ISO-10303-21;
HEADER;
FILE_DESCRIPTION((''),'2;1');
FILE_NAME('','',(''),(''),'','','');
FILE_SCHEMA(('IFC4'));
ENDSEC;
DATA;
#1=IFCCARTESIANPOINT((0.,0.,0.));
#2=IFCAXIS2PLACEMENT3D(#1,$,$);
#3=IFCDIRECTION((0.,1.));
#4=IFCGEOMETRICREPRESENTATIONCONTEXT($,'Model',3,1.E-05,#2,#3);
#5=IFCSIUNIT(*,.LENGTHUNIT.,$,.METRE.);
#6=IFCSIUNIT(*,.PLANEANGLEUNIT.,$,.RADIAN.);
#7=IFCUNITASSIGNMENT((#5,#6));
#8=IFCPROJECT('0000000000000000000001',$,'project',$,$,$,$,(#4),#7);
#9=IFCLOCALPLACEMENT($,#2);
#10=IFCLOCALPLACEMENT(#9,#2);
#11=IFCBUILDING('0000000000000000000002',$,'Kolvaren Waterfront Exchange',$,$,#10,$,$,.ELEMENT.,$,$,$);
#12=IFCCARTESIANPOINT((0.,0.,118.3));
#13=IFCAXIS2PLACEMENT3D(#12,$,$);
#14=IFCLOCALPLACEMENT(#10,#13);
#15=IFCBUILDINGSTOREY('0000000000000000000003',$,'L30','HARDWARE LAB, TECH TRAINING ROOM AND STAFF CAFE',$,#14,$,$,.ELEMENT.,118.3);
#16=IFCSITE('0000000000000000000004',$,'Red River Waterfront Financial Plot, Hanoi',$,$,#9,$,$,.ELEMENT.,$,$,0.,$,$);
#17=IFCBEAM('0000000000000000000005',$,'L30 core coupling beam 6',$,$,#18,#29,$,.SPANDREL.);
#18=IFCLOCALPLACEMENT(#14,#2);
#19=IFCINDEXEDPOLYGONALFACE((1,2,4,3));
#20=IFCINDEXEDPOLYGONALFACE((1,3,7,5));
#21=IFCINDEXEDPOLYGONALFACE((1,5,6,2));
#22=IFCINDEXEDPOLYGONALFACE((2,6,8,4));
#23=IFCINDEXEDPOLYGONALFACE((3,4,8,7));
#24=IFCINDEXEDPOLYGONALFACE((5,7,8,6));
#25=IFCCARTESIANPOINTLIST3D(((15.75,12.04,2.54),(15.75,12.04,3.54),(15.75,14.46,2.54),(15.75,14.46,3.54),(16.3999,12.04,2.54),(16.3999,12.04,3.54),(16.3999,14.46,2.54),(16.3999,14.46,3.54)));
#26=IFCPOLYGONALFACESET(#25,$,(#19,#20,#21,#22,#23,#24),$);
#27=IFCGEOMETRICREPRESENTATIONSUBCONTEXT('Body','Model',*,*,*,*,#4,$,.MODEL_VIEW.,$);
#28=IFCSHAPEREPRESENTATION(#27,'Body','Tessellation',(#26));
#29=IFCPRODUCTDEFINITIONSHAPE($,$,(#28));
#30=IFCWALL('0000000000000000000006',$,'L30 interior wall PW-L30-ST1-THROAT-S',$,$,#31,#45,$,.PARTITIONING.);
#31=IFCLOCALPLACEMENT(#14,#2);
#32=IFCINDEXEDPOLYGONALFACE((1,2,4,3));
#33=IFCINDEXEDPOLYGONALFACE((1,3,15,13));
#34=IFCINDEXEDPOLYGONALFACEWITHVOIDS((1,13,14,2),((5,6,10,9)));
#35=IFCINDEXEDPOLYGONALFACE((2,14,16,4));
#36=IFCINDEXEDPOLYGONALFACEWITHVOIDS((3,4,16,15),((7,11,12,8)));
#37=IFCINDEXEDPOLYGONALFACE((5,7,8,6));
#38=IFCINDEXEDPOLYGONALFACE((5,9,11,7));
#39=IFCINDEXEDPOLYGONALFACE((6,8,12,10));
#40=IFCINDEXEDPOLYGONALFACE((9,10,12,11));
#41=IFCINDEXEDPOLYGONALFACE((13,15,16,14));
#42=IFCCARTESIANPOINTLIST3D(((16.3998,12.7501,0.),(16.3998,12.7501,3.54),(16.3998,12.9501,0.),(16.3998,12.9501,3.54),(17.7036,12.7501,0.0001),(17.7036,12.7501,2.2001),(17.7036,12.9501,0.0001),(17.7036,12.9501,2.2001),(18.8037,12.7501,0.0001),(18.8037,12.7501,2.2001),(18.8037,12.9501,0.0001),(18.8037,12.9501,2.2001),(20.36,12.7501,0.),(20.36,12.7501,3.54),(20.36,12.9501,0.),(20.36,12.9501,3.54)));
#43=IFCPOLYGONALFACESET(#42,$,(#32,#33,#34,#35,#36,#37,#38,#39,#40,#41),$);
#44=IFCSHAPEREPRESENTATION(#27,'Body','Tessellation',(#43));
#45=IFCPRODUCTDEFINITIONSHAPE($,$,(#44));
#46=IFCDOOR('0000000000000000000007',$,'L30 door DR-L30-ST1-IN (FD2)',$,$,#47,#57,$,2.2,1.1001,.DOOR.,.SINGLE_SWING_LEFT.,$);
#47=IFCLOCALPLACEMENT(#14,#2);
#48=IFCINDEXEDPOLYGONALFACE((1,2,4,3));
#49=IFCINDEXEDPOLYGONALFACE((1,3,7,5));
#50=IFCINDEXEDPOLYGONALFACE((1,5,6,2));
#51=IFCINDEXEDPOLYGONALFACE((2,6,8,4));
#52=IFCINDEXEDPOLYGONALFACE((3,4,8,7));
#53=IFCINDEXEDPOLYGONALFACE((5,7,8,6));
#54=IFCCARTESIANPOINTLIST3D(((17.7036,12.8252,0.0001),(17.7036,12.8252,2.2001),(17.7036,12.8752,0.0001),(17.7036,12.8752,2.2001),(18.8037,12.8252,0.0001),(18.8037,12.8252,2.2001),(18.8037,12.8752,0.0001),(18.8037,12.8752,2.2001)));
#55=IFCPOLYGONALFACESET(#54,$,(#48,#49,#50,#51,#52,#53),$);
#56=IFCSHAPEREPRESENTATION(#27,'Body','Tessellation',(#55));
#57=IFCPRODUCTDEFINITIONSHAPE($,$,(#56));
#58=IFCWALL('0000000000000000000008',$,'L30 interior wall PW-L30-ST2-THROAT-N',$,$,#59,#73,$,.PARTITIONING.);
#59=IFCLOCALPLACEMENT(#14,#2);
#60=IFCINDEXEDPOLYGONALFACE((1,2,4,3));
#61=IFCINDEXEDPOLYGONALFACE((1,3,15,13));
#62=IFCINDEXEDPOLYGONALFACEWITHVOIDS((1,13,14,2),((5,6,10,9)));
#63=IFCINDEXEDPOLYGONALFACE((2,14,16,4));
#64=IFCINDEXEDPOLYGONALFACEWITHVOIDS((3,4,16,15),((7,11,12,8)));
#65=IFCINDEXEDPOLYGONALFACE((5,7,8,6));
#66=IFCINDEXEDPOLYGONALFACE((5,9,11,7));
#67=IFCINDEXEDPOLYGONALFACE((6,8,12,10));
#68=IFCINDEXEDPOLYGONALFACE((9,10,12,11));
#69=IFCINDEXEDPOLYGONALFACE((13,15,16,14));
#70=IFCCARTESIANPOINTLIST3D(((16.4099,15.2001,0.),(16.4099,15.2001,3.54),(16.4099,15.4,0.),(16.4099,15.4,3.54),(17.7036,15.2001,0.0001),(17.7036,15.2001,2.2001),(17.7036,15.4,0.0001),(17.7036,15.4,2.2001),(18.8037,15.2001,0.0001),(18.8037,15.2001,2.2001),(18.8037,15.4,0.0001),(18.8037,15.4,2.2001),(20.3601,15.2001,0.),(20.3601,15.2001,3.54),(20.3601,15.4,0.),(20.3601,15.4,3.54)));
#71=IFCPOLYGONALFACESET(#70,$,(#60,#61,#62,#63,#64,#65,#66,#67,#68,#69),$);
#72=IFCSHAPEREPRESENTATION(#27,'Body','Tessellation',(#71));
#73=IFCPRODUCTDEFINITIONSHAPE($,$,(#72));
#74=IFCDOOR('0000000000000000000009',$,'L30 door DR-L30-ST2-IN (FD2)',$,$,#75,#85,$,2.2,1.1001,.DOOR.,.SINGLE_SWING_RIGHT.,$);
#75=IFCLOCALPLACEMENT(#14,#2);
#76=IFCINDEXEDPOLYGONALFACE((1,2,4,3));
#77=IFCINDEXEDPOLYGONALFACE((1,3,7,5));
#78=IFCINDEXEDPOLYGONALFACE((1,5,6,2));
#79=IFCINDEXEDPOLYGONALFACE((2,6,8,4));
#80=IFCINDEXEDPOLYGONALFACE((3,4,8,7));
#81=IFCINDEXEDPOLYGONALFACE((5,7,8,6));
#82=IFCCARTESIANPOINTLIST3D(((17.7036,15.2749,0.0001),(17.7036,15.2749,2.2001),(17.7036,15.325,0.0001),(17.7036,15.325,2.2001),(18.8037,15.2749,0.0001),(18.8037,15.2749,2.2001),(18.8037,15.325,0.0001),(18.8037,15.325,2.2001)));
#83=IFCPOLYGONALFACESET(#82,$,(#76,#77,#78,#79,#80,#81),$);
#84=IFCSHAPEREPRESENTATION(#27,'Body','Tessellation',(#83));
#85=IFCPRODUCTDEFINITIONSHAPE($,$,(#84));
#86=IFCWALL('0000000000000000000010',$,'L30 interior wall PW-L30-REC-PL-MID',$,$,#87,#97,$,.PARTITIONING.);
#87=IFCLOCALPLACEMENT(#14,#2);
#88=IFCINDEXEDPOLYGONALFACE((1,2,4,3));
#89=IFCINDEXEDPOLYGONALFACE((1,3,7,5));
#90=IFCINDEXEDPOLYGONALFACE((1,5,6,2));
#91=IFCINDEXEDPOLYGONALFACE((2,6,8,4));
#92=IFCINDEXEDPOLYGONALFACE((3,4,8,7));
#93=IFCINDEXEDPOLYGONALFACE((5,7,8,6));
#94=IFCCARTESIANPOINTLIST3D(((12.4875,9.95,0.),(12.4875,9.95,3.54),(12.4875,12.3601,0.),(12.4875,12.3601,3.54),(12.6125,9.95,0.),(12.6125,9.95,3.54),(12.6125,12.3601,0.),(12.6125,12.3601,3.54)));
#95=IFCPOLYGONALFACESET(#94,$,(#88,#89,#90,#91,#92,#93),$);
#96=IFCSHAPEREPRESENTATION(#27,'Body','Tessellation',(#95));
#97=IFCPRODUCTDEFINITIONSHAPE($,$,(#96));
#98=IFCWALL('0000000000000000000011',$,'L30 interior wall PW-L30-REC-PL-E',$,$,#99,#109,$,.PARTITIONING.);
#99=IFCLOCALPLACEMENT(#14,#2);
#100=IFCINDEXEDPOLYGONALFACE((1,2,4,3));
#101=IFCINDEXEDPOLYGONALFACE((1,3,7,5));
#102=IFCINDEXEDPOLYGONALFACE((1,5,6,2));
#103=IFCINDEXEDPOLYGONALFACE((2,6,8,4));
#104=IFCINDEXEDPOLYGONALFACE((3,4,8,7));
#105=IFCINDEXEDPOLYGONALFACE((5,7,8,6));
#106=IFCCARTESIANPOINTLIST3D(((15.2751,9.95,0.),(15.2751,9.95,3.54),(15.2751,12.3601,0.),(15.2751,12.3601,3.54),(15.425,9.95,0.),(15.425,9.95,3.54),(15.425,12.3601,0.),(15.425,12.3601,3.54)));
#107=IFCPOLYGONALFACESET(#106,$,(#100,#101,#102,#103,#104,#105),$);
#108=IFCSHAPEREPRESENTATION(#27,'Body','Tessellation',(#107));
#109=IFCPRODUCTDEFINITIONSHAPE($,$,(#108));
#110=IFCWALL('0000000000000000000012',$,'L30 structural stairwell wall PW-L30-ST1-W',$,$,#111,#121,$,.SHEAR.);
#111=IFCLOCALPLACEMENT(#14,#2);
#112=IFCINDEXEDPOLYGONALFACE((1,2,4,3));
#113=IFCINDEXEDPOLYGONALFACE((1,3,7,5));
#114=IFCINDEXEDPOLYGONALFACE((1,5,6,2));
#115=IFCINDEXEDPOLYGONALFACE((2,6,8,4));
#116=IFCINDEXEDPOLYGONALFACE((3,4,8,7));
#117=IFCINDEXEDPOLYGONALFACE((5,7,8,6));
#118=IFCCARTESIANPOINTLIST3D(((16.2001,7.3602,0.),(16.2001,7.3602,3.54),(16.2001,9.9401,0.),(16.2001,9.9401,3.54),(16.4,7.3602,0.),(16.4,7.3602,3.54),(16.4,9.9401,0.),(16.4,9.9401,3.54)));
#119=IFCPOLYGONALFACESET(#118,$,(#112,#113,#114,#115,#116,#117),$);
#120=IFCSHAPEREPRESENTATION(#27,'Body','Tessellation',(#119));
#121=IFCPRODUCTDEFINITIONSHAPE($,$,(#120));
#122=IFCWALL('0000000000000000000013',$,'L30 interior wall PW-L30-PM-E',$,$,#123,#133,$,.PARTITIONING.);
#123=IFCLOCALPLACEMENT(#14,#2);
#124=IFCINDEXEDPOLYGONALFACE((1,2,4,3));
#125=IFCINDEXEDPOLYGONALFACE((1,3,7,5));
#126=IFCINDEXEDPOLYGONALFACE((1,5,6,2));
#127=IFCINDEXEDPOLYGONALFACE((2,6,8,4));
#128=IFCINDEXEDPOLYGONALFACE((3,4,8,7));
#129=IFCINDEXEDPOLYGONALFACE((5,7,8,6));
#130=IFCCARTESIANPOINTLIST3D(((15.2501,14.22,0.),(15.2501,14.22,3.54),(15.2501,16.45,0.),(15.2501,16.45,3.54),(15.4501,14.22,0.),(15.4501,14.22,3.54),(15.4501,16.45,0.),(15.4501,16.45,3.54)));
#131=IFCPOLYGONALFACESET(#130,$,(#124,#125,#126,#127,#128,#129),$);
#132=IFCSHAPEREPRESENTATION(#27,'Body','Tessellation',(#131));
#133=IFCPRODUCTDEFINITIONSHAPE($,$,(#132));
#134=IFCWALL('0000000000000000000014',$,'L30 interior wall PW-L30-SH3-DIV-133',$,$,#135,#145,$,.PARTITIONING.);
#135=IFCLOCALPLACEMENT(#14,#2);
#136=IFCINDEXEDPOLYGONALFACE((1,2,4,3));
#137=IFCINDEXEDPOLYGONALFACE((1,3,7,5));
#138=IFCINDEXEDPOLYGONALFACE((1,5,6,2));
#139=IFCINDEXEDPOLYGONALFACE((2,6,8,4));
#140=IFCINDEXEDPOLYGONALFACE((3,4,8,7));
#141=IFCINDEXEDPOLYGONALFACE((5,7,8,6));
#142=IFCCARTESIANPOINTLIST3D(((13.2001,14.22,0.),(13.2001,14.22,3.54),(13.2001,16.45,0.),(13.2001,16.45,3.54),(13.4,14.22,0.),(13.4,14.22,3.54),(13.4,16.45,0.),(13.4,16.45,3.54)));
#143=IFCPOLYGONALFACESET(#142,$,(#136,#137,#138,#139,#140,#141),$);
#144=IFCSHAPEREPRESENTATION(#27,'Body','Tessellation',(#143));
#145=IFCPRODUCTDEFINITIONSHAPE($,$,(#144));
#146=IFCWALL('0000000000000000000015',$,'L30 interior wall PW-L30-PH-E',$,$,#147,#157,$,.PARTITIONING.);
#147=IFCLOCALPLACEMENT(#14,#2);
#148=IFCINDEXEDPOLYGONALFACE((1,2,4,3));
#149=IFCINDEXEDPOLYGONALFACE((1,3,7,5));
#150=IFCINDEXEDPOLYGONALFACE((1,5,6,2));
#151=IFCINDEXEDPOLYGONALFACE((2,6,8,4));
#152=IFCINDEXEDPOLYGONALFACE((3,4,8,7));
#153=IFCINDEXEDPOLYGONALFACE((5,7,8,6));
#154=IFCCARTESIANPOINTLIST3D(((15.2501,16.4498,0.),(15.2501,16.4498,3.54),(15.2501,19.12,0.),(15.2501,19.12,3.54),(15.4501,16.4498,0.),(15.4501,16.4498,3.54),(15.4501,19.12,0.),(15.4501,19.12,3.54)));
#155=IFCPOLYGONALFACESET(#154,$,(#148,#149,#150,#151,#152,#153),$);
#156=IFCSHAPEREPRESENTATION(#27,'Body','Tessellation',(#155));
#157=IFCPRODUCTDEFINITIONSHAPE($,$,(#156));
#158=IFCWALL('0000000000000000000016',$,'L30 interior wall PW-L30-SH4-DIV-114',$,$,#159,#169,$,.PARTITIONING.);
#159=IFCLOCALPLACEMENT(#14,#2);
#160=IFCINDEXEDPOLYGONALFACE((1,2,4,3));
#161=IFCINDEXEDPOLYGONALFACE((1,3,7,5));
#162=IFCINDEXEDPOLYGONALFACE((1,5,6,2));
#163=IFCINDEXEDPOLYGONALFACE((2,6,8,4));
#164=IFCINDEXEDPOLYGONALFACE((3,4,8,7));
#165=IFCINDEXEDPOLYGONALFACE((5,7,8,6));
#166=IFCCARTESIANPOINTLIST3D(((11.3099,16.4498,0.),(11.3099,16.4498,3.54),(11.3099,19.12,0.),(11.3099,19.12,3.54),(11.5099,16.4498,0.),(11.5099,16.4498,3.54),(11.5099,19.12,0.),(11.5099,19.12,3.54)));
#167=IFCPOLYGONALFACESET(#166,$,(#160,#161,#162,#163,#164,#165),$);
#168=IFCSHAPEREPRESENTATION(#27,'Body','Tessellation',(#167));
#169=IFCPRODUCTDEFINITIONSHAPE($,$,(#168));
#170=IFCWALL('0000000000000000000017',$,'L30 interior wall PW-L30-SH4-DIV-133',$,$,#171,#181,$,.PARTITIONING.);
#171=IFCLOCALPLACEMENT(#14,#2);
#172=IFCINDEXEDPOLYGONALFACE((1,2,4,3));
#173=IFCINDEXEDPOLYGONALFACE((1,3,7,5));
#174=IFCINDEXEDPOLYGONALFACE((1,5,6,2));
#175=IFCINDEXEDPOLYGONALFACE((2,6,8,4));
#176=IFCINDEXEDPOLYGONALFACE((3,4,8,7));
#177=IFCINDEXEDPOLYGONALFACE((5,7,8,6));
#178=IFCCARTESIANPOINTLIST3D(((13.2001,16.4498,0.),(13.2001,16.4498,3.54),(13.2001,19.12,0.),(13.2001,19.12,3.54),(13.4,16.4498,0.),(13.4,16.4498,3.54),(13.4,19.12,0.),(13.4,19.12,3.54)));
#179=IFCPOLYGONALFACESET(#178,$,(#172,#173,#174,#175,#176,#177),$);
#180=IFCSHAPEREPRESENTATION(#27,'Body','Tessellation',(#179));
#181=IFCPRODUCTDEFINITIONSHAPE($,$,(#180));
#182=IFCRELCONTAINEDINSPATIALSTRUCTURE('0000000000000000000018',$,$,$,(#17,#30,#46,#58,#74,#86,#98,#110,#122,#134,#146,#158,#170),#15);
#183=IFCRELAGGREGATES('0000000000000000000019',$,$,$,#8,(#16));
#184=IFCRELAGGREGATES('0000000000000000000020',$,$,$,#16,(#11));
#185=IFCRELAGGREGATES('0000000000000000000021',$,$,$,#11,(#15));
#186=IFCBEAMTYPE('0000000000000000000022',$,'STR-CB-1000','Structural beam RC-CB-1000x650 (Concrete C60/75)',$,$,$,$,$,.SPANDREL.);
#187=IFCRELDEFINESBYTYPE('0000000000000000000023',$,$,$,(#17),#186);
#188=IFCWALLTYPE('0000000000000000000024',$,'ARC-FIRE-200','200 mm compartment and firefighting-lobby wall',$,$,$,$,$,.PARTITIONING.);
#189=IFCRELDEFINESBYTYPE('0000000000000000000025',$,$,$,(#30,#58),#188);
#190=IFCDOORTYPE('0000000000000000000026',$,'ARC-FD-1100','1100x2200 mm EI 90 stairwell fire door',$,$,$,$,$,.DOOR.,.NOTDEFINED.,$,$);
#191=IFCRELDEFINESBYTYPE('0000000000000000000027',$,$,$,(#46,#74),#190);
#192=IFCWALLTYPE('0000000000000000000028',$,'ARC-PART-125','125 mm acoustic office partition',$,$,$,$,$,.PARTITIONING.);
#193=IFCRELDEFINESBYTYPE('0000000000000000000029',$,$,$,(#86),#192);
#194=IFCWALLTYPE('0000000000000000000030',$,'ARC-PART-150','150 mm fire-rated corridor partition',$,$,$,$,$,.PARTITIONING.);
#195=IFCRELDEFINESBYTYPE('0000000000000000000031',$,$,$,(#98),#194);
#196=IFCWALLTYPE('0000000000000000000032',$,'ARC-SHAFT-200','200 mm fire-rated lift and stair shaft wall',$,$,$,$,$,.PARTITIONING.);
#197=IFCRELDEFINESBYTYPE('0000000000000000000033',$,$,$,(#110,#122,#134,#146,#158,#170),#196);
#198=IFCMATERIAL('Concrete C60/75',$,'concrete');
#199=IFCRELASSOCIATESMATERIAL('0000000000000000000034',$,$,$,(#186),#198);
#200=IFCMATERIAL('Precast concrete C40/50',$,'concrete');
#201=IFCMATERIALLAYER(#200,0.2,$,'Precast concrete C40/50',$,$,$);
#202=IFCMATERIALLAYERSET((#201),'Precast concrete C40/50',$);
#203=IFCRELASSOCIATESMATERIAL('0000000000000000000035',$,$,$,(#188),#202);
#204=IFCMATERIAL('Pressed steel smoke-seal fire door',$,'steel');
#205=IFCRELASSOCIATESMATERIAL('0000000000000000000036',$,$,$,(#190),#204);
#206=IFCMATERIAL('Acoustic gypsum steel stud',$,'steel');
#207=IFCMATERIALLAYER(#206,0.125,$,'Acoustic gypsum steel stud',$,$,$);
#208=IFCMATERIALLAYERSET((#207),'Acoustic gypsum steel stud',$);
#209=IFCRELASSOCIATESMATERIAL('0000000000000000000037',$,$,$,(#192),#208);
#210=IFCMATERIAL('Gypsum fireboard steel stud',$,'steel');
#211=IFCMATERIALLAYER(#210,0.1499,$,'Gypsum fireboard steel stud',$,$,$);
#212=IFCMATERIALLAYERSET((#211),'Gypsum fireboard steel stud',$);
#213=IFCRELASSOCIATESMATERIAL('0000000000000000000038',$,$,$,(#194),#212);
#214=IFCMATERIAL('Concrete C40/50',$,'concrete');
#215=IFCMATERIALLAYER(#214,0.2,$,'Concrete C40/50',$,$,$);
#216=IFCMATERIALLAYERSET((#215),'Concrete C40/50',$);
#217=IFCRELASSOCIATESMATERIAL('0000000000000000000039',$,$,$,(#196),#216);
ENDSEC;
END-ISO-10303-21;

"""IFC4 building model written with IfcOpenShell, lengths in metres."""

from ifc_helpers import new_model, si_unit, direction, frame, frame_2d, origin, origin_2d, place, context, subcontext, project, spatial, rectangle, extrude, material, layer, layer_set, material_profile, profile_set, type_object, element, fill, save


model = new_model("IFC4")

# Units and contexts
model_context = context("Model", 3, precision=1e-05, world=origin(), true_north=direction((0.0, 1.0)))
body_context = subcontext(model_context, "Body", "Model", "MODEL_VIEW")
ifc_project = project(units=[si_unit("LENGTHUNIT", "METRE"), si_unit("PLANEANGLEUNIT", "RADIAN")], contexts=[model_context])

# Site, building, storey
site_placement = place(None, origin())
site = spatial("IfcSite", under=ifc_project, at=site_placement, Name="Red River Waterfront Financial Plot, Hanoi", CompositionType="ELEMENT", RefElevation=0.0)
building_placement = place(site_placement, origin())
building = spatial("IfcBuilding", under=site, at=building_placement, Name="Kolvaren Waterfront Exchange", CompositionType="ELEMENT")
storey_placement = place(building_placement, frame((0.0, 0.0, 118.3)))
storey = spatial("IfcBuildingStorey", under=building, at=storey_placement, Name="L30", Description="HARDWARE LAB, TECH TRAINING ROOM AND STAFF CAFE", CompositionType="ELEMENT", Elevation=118.3)

# Beam
ifc_material_1 = material(Name="Concrete C60/75", Category="concrete")
ifc_material_profile = material_profile(ifc_material_1, rectangle(XDim=0.6499, YDim=1.0, at=origin_2d()), Name="RC-CB-1000x650")
ifc_profile_set = profile_set([ifc_material_profile], Name="Concrete C60/75")
beam_type = type_object("IfcBeamType", Name="STR-CB-1000", Description="Structural beam RC-CB-1000x650 (Concrete C60/75)", PredefinedType="SPANDREL", material=ifc_profile_set)
beam_placement = place(storey_placement, frame((16.075, 12.04, 3.04), z_axis=(0.0, 1.0, 0.0), x_axis=(-1.0, 0.0, 0.0)))
element("IfcBeam", 1, at=beam_placement, inside=storey, type_object=beam_type, Name="L30 core coupling beam 6", PredefinedType="SPANDREL", context=body_context, shape_type="SweptSolid", body=[
    extrude(rectangle(XDim=0.6499, YDim=1.0, at=origin_2d()), origin(), (0.0, 0.0, 1.0), 2.4199),
])

# Walls, openings, doors
ifc_material_2 = material(Name="Precast concrete C40/50", Category="concrete")
ifc_layer_1 = layer(ifc_material_2, 0.2, Name="Precast concrete C40/50")
ifc_layer_set_1 = layer_set([ifc_layer_1], Name="Precast concrete C40/50")
wall_type_1 = type_object("IfcWallType", Name="ARC-FIRE-200", Description="200 mm compartment and firefighting-lobby wall", PredefinedType="PARTITIONING", material=ifc_layer_set_1)
wall_1_placement = place(storey_placement, frame((16.3999, 12.8501, 0.0), z_axis=(0.0, 0.0, 1.0), x_axis=(1.0, 0.0, 0.0)))
wall_1 = element("IfcWall", 2, at=wall_1_placement, inside=storey, type_object=wall_type_1, Name="L30 interior wall PW-L30-ST1-THROAT-S", PredefinedType="PARTITIONING", context=body_context, shape_type="SweptSolid", body=[
    extrude(rectangle(XDim=3.9602, YDim=0.2, at=frame_2d((1.98, 0.0))), origin(), (0.0, 0.0, 1.0), 3.54),
])
opening_1_placement = place(wall_1_placement, frame((1.3037, 0.0, 0.0)))
opening_1 = element("IfcOpeningElement", 3, at=opening_1_placement, cuts=wall_1, PredefinedType="OPENING", context=body_context, shape_type="SweptSolid", body=[
    extrude(rectangle(XDim=1.1001, YDim=2.2, at=frame_2d((0.55, 1.1001))), frame((0.0, 0.1099, 0.0), z_axis=(0.0, -1.0, 0.0), x_axis=(1.0, 0.0, 0.0)), (0.0, 0.0, 1.0), 0.22),
])
ifc_material_3 = material(Name="Pressed steel smoke-seal fire door", Category="steel")
door_type = type_object("IfcDoorType", Name="ARC-FD-1100", Description="1100x2200 mm EI 90 stairwell fire door", OperationType="NOTDEFINED", PredefinedType="DOOR", material=ifc_material_3)
door_1_placement = place(opening_1_placement, frame((1.1001, 0.0, 0.0), z_axis=(0.0, 0.0, 1.0), x_axis=(-1.0, 0.0, 0.0)))
door_1 = element("IfcDoor", 4, at=door_1_placement, inside=storey, type_object=door_type, Name="L30 door DR-L30-ST1-IN (FD2)", OperationType="SINGLE_SWING_LEFT", OverallHeight=2.2, OverallWidth=1.1001, PredefinedType="DOOR", context=body_context, shape_type="SweptSolid", body=[
    extrude(rectangle(XDim=1.1001, YDim=2.2, at=frame_2d((0.55, 1.1001))), frame((0.0, 0.0249, 0.0), z_axis=(0.0, -1.0, 0.0), x_axis=(1.0, 0.0, 0.0)), (0.0, 0.0, 1.0), 0.05),
])
fill(opening_1, door_1)
wall_2_placement = place(storey_placement, frame((16.4099, 15.3, 0.0), z_axis=(0.0, 0.0, 1.0), x_axis=(1.0, 0.0, 0.0)))
wall_2 = element("IfcWall", 5, at=wall_2_placement, inside=storey, type_object=wall_type_1, Name="L30 interior wall PW-L30-ST2-THROAT-N", PredefinedType="PARTITIONING", context=body_context, shape_type="SweptSolid", body=[
    extrude(rectangle(XDim=3.9502, YDim=0.2, at=frame_2d((1.9751, 0.0))), origin(), (0.0, 0.0, 1.0), 3.54),
])
opening_2_placement = place(wall_2_placement, frame((1.2937, 0.0, 0.0)))
opening_2 = element("IfcOpeningElement", 6, at=opening_2_placement, cuts=wall_2, PredefinedType="OPENING", context=body_context, shape_type="SweptSolid", body=[
    extrude(rectangle(XDim=1.1001, YDim=2.2, at=frame_2d((0.55, 1.1001))), frame((0.0, 0.1099, 0.0), z_axis=(0.0, -1.0, 0.0), x_axis=(1.0, 0.0, 0.0)), (0.0, 0.0, 1.0), 0.22),
])
door_2_placement = place(opening_2_placement, origin())
door_2 = element("IfcDoor", 7, at=door_2_placement, inside=storey, type_object=door_type, Name="L30 door DR-L30-ST2-IN (FD2)", OperationType="SINGLE_SWING_RIGHT", OverallHeight=2.2, OverallWidth=1.1001, PredefinedType="DOOR", context=body_context, shape_type="SweptSolid", body=[
    extrude(rectangle(XDim=1.1001, YDim=2.2, at=frame_2d((0.55, 1.1001))), frame((0.0, 0.0249, 0.0), z_axis=(0.0, -1.0, 0.0), x_axis=(1.0, 0.0, 0.0)), (0.0, 0.0, 1.0), 0.05),
])
fill(opening_2, door_2)

# Walls
ifc_material_4 = material(Name="Acoustic gypsum steel stud", Category="steel")
ifc_layer_2 = layer(ifc_material_4, 0.125, Name="Acoustic gypsum steel stud")
ifc_layer_set_2 = layer_set([ifc_layer_2], Name="Acoustic gypsum steel stud")
wall_type_2 = type_object("IfcWallType", Name="ARC-PART-125", Description="125 mm acoustic office partition", PredefinedType="PARTITIONING", material=ifc_layer_set_2)
wall_3_placement = place(storey_placement, frame((12.55, 9.95, 0.0), z_axis=(0.0, 0.0, 1.0), x_axis=(0.0, 1.0, 0.0)))
element("IfcWall", 8, at=wall_3_placement, inside=storey, type_object=wall_type_2, Name="L30 interior wall PW-L30-REC-PL-MID", PredefinedType="PARTITIONING", context=body_context, shape_type="SweptSolid", body=[
    extrude(rectangle(XDim=2.4102, YDim=0.125, at=frame_2d((1.2051, 0.0))), origin(), (0.0, 0.0, 1.0), 3.54),
])
ifc_material_5 = material(Name="Gypsum fireboard steel stud", Category="steel")
ifc_layer_3 = layer(ifc_material_5, 0.1499, Name="Gypsum fireboard steel stud")
ifc_layer_set_3 = layer_set([ifc_layer_3], Name="Gypsum fireboard steel stud")
wall_type_3 = type_object("IfcWallType", Name="ARC-PART-150", Description="150 mm fire-rated corridor partition", PredefinedType="PARTITIONING", material=ifc_layer_set_3)
wall_4_placement = place(storey_placement, frame((15.3501, 9.95, 0.0), z_axis=(0.0, 0.0, 1.0), x_axis=(0.0, 1.0, 0.0)))
element("IfcWall", 9, at=wall_4_placement, inside=storey, type_object=wall_type_3, Name="L30 interior wall PW-L30-REC-PL-E", PredefinedType="PARTITIONING", context=body_context, shape_type="SweptSolid", body=[
    extrude(rectangle(XDim=2.4102, YDim=0.1499, at=frame_2d((1.2051, 0.0))), origin(), (0.0, 0.0, 1.0), 3.54),
])
ifc_material_6 = material(Name="Concrete C40/50", Category="concrete")
ifc_layer_4 = layer(ifc_material_6, 0.2, Name="Concrete C40/50")
ifc_layer_set_4 = layer_set([ifc_layer_4], Name="Concrete C40/50")
wall_type_4 = type_object("IfcWallType", Name="ARC-SHAFT-200", Description="200 mm fire-rated lift and stair shaft wall", PredefinedType="PARTITIONING", material=ifc_layer_set_4)
wall_5_placement = place(storey_placement, frame((16.3, 7.3601, 0.0), z_axis=(0.0, 0.0, 1.0), x_axis=(0.0, 1.0, 0.0)))
element("IfcWall", 10, at=wall_5_placement, inside=storey, type_object=wall_type_4, Name="L30 structural stairwell wall PW-L30-ST1-W", PredefinedType="SHEAR", context=body_context, shape_type="SweptSolid", body=[
    extrude(rectangle(XDim=2.5798, YDim=0.2, at=frame_2d((1.29, 0.0))), origin(), (0.0, 0.0, 1.0), 3.54),
])
for number, where, z_axis, x_axis, name in (
    (11, (15.3501, 14.22, 0.0), (0.0, 0.0, 1.0), (0.0, 1.0, 0.0), "L30 interior wall PW-L30-PM-E"),
    (12, (13.3, 14.22, 0.0), (0.0, 0.0, 1.0), (0.0, 1.0, 0.0), "L30 interior wall PW-L30-SH3-DIV-133"),
):
    element("IfcWall", number, at=place(storey_placement, frame(where, z_axis=z_axis, x_axis=x_axis)), inside=storey, type_object=wall_type_4, Name=name, PredefinedType="PARTITIONING", context=body_context, shape_type="SweptSolid", body=[
        extrude(rectangle(XDim=2.23, YDim=0.2, at=frame_2d((1.115, 0.0))), origin(), (0.0, 0.0, 1.0), 3.54),
    ])
for number, where, z_axis, x_axis, name in (
    (13, (15.3501, 16.45, 0.0), (0.0, 0.0, 1.0), (0.0, 1.0, 0.0), "L30 interior wall PW-L30-PH-E"),
    (14, (11.4099, 16.45, 0.0), (0.0, 0.0, 1.0), (0.0, 1.0, 0.0), "L30 interior wall PW-L30-SH4-DIV-114"),
    (15, (13.3, 16.45, 0.0), (0.0, 0.0, 1.0), (0.0, 1.0, 0.0), "L30 interior wall PW-L30-SH4-DIV-133"),
):
    element("IfcWall", number, at=place(storey_placement, frame(where, z_axis=z_axis, x_axis=x_axis)), inside=storey, type_object=wall_type_4, Name=name, PredefinedType="PARTITIONING", context=body_context, shape_type="SweptSolid", body=[
        extrude(rectangle(XDim=2.6702, YDim=0.2, at=frame_2d((1.335, 0.0))), origin(), (0.0, 0.0, 1.0), 3.54),
    ])

save(model, "model.ifc")
